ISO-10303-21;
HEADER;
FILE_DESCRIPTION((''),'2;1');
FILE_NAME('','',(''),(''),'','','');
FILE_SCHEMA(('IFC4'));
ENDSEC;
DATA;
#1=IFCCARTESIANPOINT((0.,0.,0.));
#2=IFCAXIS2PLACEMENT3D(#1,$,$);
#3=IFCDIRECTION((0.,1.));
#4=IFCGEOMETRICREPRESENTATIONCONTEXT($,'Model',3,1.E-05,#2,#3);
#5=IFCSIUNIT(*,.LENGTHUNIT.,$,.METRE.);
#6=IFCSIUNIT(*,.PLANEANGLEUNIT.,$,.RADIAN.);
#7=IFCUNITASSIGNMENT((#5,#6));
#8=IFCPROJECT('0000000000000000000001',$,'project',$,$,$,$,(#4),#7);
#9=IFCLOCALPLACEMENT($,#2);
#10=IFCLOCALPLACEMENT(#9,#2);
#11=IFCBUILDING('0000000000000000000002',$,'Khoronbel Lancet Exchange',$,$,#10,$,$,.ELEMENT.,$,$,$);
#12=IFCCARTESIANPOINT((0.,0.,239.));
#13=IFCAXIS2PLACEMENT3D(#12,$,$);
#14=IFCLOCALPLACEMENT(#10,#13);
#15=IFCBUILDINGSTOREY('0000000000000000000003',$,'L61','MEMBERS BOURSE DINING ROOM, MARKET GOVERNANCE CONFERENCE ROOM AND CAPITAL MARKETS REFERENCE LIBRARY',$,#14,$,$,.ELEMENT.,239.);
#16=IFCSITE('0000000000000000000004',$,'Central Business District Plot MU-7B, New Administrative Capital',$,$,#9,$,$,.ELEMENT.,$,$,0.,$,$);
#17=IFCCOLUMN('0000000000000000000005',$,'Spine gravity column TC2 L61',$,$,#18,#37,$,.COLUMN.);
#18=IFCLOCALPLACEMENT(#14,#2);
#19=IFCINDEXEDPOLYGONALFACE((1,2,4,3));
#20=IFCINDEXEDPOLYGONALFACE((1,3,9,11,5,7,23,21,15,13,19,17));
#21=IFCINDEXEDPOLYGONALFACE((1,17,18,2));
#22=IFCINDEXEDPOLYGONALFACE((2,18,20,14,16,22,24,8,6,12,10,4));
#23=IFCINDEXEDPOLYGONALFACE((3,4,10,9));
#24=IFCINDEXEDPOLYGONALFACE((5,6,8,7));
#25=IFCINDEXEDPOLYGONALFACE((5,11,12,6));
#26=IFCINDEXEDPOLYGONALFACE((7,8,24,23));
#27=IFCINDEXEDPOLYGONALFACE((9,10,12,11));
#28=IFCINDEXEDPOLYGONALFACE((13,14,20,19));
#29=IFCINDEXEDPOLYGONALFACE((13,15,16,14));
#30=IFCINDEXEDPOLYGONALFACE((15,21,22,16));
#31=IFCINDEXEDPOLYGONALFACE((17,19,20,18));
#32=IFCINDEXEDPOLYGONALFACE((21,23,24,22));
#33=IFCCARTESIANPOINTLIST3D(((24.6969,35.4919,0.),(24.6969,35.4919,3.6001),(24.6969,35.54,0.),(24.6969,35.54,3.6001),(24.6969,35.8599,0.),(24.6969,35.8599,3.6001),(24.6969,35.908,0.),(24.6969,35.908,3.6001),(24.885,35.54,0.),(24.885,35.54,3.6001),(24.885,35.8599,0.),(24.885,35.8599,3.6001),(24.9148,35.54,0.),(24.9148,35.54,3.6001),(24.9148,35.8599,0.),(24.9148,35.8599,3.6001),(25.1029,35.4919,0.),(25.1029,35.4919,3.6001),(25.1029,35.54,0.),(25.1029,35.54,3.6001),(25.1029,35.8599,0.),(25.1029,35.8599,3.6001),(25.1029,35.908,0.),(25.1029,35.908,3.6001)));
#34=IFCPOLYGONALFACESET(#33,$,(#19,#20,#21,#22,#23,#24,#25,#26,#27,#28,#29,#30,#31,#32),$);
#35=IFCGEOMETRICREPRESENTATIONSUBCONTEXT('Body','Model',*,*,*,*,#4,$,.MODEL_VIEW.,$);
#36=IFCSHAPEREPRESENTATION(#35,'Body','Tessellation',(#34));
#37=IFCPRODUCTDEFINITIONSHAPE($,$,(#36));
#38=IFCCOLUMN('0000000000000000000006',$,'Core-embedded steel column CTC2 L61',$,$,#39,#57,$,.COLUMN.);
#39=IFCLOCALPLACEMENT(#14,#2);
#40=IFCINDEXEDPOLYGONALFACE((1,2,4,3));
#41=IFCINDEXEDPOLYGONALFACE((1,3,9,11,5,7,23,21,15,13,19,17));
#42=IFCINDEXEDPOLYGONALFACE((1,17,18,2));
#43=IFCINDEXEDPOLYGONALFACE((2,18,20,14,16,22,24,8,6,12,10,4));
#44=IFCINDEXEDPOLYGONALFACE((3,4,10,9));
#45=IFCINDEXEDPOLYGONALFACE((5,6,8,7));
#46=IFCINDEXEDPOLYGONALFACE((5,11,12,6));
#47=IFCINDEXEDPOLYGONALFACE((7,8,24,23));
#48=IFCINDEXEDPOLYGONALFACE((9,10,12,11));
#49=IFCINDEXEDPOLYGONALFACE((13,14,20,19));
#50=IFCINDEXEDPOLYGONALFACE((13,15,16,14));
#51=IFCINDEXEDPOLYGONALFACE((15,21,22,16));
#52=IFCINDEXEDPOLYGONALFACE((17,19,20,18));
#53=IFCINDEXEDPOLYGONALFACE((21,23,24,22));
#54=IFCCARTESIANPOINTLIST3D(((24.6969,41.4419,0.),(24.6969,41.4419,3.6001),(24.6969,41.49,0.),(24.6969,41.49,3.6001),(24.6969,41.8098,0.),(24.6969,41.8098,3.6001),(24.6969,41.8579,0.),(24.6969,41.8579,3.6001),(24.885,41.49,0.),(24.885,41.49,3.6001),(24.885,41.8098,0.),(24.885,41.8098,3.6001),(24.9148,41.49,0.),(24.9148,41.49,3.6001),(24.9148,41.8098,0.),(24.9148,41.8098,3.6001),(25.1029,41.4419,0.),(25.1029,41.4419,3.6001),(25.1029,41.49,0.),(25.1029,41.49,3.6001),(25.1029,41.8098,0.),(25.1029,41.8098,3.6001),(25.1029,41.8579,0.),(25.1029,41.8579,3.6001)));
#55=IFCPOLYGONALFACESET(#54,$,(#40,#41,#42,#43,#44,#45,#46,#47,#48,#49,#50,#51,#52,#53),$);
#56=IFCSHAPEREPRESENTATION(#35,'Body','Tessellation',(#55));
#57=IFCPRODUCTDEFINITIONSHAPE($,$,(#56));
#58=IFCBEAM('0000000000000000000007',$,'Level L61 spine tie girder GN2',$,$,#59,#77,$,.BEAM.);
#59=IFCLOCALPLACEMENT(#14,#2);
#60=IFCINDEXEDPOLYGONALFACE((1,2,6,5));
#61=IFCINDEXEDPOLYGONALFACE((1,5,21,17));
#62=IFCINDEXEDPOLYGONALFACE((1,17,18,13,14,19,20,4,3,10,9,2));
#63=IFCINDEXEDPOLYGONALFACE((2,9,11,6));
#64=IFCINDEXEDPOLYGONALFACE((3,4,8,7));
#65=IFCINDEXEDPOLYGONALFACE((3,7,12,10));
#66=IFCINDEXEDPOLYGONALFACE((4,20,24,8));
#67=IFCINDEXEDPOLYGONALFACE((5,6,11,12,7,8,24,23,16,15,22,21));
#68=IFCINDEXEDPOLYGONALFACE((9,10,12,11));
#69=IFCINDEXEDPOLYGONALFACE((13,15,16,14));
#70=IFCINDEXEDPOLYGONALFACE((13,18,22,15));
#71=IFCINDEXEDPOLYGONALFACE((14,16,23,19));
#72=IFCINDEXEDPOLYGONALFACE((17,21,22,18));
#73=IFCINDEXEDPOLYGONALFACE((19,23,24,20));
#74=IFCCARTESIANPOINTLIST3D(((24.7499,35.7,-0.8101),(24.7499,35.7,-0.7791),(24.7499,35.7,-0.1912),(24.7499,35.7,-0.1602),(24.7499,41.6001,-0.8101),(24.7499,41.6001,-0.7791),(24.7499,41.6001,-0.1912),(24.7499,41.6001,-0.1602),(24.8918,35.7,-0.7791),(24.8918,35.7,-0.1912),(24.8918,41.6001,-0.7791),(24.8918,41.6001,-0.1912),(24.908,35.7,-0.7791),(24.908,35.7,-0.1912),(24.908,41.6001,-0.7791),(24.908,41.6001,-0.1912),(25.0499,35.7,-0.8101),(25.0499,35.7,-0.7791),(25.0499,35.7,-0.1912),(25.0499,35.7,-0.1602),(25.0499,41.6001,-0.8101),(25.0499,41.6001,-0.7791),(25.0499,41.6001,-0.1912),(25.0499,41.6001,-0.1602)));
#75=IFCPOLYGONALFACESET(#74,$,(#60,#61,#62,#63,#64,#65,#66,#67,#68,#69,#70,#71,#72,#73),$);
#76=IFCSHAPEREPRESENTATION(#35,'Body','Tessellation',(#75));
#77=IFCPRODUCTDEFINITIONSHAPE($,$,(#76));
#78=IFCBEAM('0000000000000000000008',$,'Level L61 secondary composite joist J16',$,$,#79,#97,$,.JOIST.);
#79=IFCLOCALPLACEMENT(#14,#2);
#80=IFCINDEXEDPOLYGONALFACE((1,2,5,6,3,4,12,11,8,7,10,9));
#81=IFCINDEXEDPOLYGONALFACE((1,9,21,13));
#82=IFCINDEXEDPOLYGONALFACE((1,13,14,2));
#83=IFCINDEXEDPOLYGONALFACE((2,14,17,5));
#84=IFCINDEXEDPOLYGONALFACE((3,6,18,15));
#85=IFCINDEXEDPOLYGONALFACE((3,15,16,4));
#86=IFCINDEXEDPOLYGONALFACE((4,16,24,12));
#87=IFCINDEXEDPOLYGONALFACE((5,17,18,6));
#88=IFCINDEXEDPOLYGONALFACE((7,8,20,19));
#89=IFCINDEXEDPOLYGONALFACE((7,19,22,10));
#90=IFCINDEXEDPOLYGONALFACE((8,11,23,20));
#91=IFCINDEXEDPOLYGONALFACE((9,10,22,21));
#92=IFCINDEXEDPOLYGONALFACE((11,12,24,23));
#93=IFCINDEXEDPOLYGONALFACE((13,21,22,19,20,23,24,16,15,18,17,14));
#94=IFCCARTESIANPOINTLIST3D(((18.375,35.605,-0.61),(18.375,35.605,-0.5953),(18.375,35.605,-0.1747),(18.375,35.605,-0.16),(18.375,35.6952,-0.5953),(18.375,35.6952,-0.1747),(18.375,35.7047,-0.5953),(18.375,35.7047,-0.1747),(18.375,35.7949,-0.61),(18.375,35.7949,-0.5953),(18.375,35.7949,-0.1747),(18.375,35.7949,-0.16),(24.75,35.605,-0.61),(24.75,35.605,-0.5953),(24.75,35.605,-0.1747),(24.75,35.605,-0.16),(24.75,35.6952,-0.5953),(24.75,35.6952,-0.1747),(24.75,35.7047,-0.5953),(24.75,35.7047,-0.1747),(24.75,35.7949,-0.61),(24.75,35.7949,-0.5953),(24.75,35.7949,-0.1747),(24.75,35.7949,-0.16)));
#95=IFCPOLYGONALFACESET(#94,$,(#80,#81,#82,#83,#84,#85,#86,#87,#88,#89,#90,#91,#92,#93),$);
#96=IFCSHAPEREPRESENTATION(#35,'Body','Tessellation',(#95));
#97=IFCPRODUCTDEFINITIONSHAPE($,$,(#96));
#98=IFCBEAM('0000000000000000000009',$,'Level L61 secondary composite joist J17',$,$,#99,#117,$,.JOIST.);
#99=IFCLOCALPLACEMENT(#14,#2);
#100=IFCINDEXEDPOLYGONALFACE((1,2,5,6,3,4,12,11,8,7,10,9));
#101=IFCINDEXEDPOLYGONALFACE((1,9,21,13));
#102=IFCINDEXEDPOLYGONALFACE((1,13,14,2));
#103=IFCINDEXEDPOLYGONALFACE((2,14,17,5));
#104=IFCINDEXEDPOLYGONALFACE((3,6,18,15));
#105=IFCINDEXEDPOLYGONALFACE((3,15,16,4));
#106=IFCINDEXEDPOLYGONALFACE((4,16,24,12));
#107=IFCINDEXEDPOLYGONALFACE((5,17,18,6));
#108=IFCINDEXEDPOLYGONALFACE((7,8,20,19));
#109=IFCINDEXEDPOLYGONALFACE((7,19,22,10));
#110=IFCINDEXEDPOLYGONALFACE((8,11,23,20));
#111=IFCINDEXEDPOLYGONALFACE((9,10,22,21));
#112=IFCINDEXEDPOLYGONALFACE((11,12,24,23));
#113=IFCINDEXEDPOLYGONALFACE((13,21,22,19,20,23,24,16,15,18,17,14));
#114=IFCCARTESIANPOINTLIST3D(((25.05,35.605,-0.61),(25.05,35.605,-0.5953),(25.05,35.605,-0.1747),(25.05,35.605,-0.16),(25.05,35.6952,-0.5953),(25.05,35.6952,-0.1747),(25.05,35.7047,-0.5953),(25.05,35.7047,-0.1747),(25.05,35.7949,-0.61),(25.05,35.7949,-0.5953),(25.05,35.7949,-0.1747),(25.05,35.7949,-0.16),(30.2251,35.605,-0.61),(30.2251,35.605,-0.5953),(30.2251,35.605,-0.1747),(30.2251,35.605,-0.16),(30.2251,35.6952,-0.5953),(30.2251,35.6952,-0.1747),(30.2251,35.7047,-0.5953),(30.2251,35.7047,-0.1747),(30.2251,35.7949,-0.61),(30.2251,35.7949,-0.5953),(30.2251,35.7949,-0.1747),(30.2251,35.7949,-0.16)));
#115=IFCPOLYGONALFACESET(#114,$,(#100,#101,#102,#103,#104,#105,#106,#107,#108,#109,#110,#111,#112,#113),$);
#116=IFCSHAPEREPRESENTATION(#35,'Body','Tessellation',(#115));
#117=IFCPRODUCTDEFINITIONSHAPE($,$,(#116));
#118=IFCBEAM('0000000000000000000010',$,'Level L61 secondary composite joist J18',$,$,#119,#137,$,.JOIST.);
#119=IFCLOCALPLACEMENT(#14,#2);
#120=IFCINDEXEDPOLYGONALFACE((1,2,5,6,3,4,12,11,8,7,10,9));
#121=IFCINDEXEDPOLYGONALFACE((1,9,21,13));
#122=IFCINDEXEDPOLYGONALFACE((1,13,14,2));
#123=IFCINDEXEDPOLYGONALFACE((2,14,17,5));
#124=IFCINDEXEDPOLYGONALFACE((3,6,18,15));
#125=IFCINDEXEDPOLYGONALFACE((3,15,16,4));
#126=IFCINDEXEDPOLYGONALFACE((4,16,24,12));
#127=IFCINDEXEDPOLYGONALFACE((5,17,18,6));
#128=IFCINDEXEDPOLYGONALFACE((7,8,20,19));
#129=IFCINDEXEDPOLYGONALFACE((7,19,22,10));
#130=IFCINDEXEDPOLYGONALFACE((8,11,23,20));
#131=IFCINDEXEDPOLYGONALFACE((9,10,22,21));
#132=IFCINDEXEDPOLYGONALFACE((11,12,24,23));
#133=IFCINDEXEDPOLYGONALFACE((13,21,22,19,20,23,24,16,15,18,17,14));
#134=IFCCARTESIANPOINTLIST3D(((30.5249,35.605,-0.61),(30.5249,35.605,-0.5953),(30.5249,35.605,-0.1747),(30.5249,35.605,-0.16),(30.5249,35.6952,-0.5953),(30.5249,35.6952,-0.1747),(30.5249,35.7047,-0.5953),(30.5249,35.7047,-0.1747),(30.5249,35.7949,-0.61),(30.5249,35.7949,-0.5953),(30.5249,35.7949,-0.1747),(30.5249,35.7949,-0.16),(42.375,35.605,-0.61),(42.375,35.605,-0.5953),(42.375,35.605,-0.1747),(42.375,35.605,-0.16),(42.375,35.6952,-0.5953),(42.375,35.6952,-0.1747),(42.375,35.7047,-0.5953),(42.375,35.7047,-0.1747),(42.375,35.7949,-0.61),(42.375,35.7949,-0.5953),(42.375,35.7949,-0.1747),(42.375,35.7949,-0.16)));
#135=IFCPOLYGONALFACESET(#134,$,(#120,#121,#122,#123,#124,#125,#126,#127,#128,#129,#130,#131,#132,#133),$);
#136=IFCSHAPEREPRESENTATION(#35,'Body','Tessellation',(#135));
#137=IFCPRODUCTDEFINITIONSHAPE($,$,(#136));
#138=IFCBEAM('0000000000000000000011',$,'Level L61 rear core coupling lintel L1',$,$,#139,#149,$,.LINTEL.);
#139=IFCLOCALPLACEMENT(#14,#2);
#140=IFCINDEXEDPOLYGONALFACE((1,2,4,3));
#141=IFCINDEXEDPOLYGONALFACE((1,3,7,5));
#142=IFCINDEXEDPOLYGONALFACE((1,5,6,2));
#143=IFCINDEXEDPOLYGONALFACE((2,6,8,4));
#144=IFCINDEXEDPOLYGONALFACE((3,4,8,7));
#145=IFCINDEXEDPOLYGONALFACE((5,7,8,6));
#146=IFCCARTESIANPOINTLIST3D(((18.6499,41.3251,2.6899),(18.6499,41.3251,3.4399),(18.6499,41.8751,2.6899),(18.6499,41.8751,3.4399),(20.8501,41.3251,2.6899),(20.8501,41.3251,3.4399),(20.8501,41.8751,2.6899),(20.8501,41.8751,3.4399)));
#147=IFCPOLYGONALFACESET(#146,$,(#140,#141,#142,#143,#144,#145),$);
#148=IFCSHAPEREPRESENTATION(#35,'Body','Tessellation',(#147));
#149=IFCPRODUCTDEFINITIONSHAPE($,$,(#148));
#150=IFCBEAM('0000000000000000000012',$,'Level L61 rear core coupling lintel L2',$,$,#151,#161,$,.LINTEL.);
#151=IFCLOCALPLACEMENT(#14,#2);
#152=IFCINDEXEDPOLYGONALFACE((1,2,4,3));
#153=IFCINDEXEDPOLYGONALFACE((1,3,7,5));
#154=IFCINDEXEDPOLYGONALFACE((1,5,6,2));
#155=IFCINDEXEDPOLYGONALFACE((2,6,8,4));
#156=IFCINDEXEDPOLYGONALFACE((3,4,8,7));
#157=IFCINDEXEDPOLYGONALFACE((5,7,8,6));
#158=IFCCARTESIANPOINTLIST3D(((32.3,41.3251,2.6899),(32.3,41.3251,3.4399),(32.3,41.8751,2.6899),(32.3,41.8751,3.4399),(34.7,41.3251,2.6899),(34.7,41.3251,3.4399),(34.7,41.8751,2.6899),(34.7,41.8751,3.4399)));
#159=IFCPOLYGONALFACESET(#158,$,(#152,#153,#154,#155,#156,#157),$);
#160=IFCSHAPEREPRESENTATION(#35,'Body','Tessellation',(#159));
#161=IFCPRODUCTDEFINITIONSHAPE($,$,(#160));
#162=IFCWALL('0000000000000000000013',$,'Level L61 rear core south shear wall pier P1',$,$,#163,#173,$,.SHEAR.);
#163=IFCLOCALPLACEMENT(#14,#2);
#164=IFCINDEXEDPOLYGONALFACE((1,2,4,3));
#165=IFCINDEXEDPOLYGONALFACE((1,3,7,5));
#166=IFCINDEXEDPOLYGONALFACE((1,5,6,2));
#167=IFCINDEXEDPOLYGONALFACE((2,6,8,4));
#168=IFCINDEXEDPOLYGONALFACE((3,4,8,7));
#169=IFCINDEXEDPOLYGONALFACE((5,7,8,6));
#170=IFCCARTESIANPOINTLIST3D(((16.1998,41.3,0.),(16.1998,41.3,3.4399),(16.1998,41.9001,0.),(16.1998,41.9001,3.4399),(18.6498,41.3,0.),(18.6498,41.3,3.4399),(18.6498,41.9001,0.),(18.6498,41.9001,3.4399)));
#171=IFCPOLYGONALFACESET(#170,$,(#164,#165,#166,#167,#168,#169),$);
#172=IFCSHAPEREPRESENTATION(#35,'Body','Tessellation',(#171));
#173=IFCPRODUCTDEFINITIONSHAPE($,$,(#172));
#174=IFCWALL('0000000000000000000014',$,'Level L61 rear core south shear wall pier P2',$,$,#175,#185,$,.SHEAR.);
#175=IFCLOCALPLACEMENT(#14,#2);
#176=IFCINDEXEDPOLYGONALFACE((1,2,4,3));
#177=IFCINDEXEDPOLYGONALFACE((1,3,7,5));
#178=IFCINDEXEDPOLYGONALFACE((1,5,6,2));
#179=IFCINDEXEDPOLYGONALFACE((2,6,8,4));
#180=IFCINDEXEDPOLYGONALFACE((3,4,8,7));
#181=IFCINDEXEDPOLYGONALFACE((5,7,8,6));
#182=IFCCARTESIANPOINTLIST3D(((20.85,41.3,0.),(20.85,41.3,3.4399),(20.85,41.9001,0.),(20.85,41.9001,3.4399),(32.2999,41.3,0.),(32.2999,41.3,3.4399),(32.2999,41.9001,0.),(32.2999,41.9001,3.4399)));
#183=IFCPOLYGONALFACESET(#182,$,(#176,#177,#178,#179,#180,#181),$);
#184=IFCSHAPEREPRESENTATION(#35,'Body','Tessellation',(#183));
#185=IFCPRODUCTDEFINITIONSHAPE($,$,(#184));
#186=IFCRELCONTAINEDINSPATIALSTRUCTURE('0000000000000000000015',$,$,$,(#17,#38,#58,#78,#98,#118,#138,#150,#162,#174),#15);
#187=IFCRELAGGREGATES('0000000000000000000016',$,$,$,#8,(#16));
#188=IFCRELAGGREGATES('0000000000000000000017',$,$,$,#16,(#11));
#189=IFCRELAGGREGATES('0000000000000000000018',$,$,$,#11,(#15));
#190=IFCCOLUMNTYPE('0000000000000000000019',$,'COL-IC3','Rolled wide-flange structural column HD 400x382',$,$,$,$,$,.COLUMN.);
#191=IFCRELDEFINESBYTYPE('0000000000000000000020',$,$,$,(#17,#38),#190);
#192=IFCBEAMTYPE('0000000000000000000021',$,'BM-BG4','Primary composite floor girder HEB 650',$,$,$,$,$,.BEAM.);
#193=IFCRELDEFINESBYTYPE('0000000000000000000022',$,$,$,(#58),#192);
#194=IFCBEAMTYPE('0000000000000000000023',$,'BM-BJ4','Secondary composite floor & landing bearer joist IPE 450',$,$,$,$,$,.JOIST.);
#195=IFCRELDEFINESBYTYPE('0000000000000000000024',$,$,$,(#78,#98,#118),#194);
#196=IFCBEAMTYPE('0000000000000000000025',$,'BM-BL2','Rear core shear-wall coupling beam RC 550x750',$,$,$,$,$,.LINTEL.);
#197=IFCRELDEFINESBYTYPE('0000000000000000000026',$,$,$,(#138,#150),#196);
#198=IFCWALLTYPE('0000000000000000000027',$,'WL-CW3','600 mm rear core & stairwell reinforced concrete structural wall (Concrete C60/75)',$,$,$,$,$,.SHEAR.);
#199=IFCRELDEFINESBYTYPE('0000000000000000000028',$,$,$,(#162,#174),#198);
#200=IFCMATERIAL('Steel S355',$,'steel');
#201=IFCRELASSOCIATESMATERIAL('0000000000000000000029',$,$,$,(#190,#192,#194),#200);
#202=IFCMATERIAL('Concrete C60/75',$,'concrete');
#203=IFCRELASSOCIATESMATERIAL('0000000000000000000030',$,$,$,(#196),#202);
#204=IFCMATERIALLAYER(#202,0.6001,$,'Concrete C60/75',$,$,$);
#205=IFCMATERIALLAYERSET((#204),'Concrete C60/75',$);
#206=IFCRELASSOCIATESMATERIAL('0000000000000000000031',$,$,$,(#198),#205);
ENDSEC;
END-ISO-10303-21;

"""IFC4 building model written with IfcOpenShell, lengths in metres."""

from ifc_helpers import new_model, si_unit, direction, frame, frame_2d, origin, origin_2d, place, context, subcontext, project, spatial, rectangle, i_section, extrude, material, layer, layer_set, material_profile, profile_set, type_object, element, save


model = new_model("IFC4")

# Units and contexts
model_context = context("Model", 3, precision=1e-05, world=origin(), true_north=direction((0.0, 1.0)))
body_context = subcontext(model_context, "Body", "Model", "MODEL_VIEW")
ifc_project = project(units=[si_unit("LENGTHUNIT", "METRE"), si_unit("PLANEANGLEUNIT", "RADIAN")], contexts=[model_context])

# Site, building, storey
site_placement = place(None, origin())
site = spatial("IfcSite", under=ifc_project, at=site_placement, Name="Central Business District Plot MU-7B, New Administrative Capital", CompositionType="ELEMENT", RefElevation=0.0)
building_placement = place(site_placement, origin())
building = spatial("IfcBuilding", under=site, at=building_placement, Name="Khoronbel Lancet Exchange", CompositionType="ELEMENT")
storey_placement = place(building_placement, frame((0.0, 0.0, 239.0)))
storey = spatial("IfcBuildingStorey", under=building, at=storey_placement, Name="L61", Description="MEMBERS BOURSE DINING ROOM, MARKET GOVERNANCE CONFERENCE ROOM AND CAPITAL MARKETS REFERENCE LIBRARY", CompositionType="ELEMENT", Elevation=239.0)

# Columns
ifc_material_1 = material(Name="Steel S355", Category="steel")
ifc_material_profile_1 = material_profile(ifc_material_1, i_section(OverallWidth=0.406, OverallDepth=0.416, WebThickness=0.0298, FlangeThickness=0.0481, at=origin_2d()), Name="HD 400x382")
ifc_profile_set_1 = profile_set([ifc_material_profile_1], Name="Steel S355")
column_type = type_object("IfcColumnType", Name="COL-IC3", Description="Rolled wide-flange structural column HD 400x382", PredefinedType="COLUMN", material=ifc_profile_set_1)
for number, where, z_axis, x_axis, name in (
    (1, (24.8999, 35.7, 0.0), (0.0, 0.0, 1.0), (1.0, 0.0, 0.0), "Spine gravity column TC2 L61"),
    (2, (24.8999, 41.6499, 0.0), (0.0, 0.0, 1.0), (1.0, 0.0, 0.0), "Core-embedded steel column CTC2 L61"),
):
    element("IfcColumn", number, at=place(storey_placement, frame(where, z_axis=z_axis, x_axis=x_axis)), inside=storey, type_object=column_type, Name=name, PredefinedType="COLUMN", context=body_context, shape_type="SweptSolid", body=[
        extrude(i_section(OverallWidth=0.406, OverallDepth=0.416, WebThickness=0.0298, FlangeThickness=0.0481, at=origin_2d()), origin(), (0.0, 0.0, 1.0), 3.6001),
    ])

# Beams
ifc_material_profile_2 = material_profile(ifc_material_1, i_section(OverallWidth=0.3, OverallDepth=0.6499, WebThickness=0.0161, FlangeThickness=0.031, at=origin_2d()), Name="HEB 650")
ifc_profile_set_2 = profile_set([ifc_material_profile_2], Name="Steel S355")
beam_type_1 = type_object("IfcBeamType", Name="BM-BG4", Description="Primary composite floor girder HEB 650", PredefinedType="BEAM", material=ifc_profile_set_2)
beam_1_placement = place(storey_placement, frame((24.8999, 35.7, -0.4851), z_axis=(0.0, 1.0, 0.0), x_axis=(-1.0, 0.0, 0.0)))
element("IfcBeam", 3, at=beam_1_placement, inside=storey, type_object=beam_type_1, Name="Level L61 spine tie girder GN2", PredefinedType="BEAM", context=body_context, shape_type="SweptSolid", body=[
    extrude(i_section(OverallWidth=0.3, OverallDepth=0.6499, WebThickness=0.0161, FlangeThickness=0.031, at=origin_2d()), origin(), (0.0, 0.0, 1.0), 5.9001),
])
ifc_material_profile_3 = material_profile(ifc_material_1, i_section(OverallWidth=0.1899, OverallDepth=0.45, WebThickness=0.0095, FlangeThickness=0.0146, at=origin_2d()), Name="IPE 450")
ifc_profile_set_3 = profile_set([ifc_material_profile_3], Name="Steel S355")
beam_type_2 = type_object("IfcBeamType", Name="BM-BJ4", Description="Secondary composite floor & landing bearer joist IPE 450", PredefinedType="JOIST", material=ifc_profile_set_3)
beam_2_placement = place(storey_placement, frame((18.375, 35.7, -0.385), z_axis=(1.0, 0.0, 0.0), x_axis=(0.0, 1.0, 0.0)))
element("IfcBeam", 4, at=beam_2_placement, inside=storey, type_object=beam_type_2, Name="Level L61 secondary composite joist J16", PredefinedType="JOIST", context=body_context, shape_type="SweptSolid", body=[
    extrude(i_section(OverallWidth=0.1899, OverallDepth=0.45, WebThickness=0.0095, FlangeThickness=0.0146, at=origin_2d()), origin(), (0.0, 0.0, 1.0), 6.375),
])
beam_3_placement = place(storey_placement, frame((25.05, 35.7, -0.385), z_axis=(1.0, 0.0, 0.0), x_axis=(0.0, 1.0, 0.0)))
element("IfcBeam", 5, at=beam_3_placement, inside=storey, type_object=beam_type_2, Name="Level L61 secondary composite joist J17", PredefinedType="JOIST", context=body_context, shape_type="SweptSolid", body=[
    extrude(i_section(OverallWidth=0.1899, OverallDepth=0.45, WebThickness=0.0095, FlangeThickness=0.0146, at=origin_2d()), origin(), (0.0, 0.0, 1.0), 5.175),
])
beam_4_placement = place(storey_placement, frame((30.5249, 35.7, -0.385), z_axis=(1.0, 0.0, 0.0), x_axis=(0.0, 1.0, 0.0)))
element("IfcBeam", 6, at=beam_4_placement, inside=storey, type_object=beam_type_2, Name="Level L61 secondary composite joist J18", PredefinedType="JOIST", context=body_context, shape_type="SweptSolid", body=[
    extrude(i_section(OverallWidth=0.1899, OverallDepth=0.45, WebThickness=0.0095, FlangeThickness=0.0146, at=origin_2d()), origin(), (0.0, 0.0, 1.0), 11.8501),
])
ifc_material_2 = material(Name="Concrete C60/75", Category="concrete")
ifc_material_profile_4 = material_profile(ifc_material_2, rectangle(XDim=0.55, YDim=0.75, at=origin_2d()), Name="RC 550x750")
ifc_profile_set_4 = profile_set([ifc_material_profile_4], Name="Concrete C60/75")
beam_type_3 = type_object("IfcBeamType", Name="BM-BL2", Description="Rear core shear-wall coupling beam RC 550x750", PredefinedType="LINTEL", material=ifc_profile_set_4)
beam_5_placement = place(storey_placement, frame((18.6499, 41.6001, 3.0649), z_axis=(1.0, 0.0, 0.0), x_axis=(0.0, 1.0, 0.0)))
element("IfcBeam", 7, at=beam_5_placement, inside=storey, type_object=beam_type_3, Name="Level L61 rear core coupling lintel L1", PredefinedType="LINTEL", context=body_context, shape_type="SweptSolid", body=[
    extrude(rectangle(XDim=0.55, YDim=0.75, at=origin_2d()), origin(), (0.0, 0.0, 1.0), 2.2002),
])
beam_6_placement = place(storey_placement, frame((32.3, 41.6001, 3.0649), z_axis=(1.0, 0.0, 0.0), x_axis=(0.0, 1.0, 0.0)))
element("IfcBeam", 8, at=beam_6_placement, inside=storey, type_object=beam_type_3, Name="Level L61 rear core coupling lintel L2", PredefinedType="LINTEL", context=body_context, shape_type="SweptSolid", body=[
    extrude(rectangle(XDim=0.55, YDim=0.75, at=origin_2d()), origin(), (0.0, 0.0, 1.0), 2.3999),
])

# Walls
ifc_layer_1 = layer(ifc_material_2, 0.6001, Name="Concrete C60/75")
ifc_layer_set_1 = layer_set([ifc_layer_1], Name="Concrete C60/75")
wall_type_1 = type_object("IfcWallType", Name="WL-CW3", Description="600 mm rear core & stairwell reinforced concrete structural wall (Concrete C60/75)", PredefinedType="SHEAR", material=ifc_layer_set_1)
wall_1_placement = place(storey_placement, frame((18.6499, 41.6001, 0.0), z_axis=(0.0, 0.0, 1.0), x_axis=(-1.0, 0.0, 0.0)))
element("IfcWall", 9, at=wall_1_placement, inside=storey, type_object=wall_type_1, Name="Level L61 rear core south shear wall pier P1", PredefinedType="SHEAR", context=body_context, shape_type="SweptSolid", body=[
    extrude(rectangle(XDim=2.45, YDim=0.6001, at=frame_2d((1.2251, 0.0))), origin(), (0.0, 0.0, 1.0), 3.4399),
])
wall_2_placement = place(storey_placement, frame((32.3, 41.6001, 0.0), z_axis=(0.0, 0.0, 1.0), x_axis=(-1.0, 0.0, 0.0)))
element("IfcWall", 10, at=wall_2_placement, inside=storey, type_object=wall_type_1, Name="Level L61 rear core south shear wall pier P2", PredefinedType="SHEAR", context=body_context, shape_type="SweptSolid", body=[
    extrude(rectangle(XDim=11.45, YDim=0.6001, at=frame_2d((5.7251, 0.0))), origin(), (0.0, 0.0, 1.0), 3.4399),
])

save(model, "model.ifc")
